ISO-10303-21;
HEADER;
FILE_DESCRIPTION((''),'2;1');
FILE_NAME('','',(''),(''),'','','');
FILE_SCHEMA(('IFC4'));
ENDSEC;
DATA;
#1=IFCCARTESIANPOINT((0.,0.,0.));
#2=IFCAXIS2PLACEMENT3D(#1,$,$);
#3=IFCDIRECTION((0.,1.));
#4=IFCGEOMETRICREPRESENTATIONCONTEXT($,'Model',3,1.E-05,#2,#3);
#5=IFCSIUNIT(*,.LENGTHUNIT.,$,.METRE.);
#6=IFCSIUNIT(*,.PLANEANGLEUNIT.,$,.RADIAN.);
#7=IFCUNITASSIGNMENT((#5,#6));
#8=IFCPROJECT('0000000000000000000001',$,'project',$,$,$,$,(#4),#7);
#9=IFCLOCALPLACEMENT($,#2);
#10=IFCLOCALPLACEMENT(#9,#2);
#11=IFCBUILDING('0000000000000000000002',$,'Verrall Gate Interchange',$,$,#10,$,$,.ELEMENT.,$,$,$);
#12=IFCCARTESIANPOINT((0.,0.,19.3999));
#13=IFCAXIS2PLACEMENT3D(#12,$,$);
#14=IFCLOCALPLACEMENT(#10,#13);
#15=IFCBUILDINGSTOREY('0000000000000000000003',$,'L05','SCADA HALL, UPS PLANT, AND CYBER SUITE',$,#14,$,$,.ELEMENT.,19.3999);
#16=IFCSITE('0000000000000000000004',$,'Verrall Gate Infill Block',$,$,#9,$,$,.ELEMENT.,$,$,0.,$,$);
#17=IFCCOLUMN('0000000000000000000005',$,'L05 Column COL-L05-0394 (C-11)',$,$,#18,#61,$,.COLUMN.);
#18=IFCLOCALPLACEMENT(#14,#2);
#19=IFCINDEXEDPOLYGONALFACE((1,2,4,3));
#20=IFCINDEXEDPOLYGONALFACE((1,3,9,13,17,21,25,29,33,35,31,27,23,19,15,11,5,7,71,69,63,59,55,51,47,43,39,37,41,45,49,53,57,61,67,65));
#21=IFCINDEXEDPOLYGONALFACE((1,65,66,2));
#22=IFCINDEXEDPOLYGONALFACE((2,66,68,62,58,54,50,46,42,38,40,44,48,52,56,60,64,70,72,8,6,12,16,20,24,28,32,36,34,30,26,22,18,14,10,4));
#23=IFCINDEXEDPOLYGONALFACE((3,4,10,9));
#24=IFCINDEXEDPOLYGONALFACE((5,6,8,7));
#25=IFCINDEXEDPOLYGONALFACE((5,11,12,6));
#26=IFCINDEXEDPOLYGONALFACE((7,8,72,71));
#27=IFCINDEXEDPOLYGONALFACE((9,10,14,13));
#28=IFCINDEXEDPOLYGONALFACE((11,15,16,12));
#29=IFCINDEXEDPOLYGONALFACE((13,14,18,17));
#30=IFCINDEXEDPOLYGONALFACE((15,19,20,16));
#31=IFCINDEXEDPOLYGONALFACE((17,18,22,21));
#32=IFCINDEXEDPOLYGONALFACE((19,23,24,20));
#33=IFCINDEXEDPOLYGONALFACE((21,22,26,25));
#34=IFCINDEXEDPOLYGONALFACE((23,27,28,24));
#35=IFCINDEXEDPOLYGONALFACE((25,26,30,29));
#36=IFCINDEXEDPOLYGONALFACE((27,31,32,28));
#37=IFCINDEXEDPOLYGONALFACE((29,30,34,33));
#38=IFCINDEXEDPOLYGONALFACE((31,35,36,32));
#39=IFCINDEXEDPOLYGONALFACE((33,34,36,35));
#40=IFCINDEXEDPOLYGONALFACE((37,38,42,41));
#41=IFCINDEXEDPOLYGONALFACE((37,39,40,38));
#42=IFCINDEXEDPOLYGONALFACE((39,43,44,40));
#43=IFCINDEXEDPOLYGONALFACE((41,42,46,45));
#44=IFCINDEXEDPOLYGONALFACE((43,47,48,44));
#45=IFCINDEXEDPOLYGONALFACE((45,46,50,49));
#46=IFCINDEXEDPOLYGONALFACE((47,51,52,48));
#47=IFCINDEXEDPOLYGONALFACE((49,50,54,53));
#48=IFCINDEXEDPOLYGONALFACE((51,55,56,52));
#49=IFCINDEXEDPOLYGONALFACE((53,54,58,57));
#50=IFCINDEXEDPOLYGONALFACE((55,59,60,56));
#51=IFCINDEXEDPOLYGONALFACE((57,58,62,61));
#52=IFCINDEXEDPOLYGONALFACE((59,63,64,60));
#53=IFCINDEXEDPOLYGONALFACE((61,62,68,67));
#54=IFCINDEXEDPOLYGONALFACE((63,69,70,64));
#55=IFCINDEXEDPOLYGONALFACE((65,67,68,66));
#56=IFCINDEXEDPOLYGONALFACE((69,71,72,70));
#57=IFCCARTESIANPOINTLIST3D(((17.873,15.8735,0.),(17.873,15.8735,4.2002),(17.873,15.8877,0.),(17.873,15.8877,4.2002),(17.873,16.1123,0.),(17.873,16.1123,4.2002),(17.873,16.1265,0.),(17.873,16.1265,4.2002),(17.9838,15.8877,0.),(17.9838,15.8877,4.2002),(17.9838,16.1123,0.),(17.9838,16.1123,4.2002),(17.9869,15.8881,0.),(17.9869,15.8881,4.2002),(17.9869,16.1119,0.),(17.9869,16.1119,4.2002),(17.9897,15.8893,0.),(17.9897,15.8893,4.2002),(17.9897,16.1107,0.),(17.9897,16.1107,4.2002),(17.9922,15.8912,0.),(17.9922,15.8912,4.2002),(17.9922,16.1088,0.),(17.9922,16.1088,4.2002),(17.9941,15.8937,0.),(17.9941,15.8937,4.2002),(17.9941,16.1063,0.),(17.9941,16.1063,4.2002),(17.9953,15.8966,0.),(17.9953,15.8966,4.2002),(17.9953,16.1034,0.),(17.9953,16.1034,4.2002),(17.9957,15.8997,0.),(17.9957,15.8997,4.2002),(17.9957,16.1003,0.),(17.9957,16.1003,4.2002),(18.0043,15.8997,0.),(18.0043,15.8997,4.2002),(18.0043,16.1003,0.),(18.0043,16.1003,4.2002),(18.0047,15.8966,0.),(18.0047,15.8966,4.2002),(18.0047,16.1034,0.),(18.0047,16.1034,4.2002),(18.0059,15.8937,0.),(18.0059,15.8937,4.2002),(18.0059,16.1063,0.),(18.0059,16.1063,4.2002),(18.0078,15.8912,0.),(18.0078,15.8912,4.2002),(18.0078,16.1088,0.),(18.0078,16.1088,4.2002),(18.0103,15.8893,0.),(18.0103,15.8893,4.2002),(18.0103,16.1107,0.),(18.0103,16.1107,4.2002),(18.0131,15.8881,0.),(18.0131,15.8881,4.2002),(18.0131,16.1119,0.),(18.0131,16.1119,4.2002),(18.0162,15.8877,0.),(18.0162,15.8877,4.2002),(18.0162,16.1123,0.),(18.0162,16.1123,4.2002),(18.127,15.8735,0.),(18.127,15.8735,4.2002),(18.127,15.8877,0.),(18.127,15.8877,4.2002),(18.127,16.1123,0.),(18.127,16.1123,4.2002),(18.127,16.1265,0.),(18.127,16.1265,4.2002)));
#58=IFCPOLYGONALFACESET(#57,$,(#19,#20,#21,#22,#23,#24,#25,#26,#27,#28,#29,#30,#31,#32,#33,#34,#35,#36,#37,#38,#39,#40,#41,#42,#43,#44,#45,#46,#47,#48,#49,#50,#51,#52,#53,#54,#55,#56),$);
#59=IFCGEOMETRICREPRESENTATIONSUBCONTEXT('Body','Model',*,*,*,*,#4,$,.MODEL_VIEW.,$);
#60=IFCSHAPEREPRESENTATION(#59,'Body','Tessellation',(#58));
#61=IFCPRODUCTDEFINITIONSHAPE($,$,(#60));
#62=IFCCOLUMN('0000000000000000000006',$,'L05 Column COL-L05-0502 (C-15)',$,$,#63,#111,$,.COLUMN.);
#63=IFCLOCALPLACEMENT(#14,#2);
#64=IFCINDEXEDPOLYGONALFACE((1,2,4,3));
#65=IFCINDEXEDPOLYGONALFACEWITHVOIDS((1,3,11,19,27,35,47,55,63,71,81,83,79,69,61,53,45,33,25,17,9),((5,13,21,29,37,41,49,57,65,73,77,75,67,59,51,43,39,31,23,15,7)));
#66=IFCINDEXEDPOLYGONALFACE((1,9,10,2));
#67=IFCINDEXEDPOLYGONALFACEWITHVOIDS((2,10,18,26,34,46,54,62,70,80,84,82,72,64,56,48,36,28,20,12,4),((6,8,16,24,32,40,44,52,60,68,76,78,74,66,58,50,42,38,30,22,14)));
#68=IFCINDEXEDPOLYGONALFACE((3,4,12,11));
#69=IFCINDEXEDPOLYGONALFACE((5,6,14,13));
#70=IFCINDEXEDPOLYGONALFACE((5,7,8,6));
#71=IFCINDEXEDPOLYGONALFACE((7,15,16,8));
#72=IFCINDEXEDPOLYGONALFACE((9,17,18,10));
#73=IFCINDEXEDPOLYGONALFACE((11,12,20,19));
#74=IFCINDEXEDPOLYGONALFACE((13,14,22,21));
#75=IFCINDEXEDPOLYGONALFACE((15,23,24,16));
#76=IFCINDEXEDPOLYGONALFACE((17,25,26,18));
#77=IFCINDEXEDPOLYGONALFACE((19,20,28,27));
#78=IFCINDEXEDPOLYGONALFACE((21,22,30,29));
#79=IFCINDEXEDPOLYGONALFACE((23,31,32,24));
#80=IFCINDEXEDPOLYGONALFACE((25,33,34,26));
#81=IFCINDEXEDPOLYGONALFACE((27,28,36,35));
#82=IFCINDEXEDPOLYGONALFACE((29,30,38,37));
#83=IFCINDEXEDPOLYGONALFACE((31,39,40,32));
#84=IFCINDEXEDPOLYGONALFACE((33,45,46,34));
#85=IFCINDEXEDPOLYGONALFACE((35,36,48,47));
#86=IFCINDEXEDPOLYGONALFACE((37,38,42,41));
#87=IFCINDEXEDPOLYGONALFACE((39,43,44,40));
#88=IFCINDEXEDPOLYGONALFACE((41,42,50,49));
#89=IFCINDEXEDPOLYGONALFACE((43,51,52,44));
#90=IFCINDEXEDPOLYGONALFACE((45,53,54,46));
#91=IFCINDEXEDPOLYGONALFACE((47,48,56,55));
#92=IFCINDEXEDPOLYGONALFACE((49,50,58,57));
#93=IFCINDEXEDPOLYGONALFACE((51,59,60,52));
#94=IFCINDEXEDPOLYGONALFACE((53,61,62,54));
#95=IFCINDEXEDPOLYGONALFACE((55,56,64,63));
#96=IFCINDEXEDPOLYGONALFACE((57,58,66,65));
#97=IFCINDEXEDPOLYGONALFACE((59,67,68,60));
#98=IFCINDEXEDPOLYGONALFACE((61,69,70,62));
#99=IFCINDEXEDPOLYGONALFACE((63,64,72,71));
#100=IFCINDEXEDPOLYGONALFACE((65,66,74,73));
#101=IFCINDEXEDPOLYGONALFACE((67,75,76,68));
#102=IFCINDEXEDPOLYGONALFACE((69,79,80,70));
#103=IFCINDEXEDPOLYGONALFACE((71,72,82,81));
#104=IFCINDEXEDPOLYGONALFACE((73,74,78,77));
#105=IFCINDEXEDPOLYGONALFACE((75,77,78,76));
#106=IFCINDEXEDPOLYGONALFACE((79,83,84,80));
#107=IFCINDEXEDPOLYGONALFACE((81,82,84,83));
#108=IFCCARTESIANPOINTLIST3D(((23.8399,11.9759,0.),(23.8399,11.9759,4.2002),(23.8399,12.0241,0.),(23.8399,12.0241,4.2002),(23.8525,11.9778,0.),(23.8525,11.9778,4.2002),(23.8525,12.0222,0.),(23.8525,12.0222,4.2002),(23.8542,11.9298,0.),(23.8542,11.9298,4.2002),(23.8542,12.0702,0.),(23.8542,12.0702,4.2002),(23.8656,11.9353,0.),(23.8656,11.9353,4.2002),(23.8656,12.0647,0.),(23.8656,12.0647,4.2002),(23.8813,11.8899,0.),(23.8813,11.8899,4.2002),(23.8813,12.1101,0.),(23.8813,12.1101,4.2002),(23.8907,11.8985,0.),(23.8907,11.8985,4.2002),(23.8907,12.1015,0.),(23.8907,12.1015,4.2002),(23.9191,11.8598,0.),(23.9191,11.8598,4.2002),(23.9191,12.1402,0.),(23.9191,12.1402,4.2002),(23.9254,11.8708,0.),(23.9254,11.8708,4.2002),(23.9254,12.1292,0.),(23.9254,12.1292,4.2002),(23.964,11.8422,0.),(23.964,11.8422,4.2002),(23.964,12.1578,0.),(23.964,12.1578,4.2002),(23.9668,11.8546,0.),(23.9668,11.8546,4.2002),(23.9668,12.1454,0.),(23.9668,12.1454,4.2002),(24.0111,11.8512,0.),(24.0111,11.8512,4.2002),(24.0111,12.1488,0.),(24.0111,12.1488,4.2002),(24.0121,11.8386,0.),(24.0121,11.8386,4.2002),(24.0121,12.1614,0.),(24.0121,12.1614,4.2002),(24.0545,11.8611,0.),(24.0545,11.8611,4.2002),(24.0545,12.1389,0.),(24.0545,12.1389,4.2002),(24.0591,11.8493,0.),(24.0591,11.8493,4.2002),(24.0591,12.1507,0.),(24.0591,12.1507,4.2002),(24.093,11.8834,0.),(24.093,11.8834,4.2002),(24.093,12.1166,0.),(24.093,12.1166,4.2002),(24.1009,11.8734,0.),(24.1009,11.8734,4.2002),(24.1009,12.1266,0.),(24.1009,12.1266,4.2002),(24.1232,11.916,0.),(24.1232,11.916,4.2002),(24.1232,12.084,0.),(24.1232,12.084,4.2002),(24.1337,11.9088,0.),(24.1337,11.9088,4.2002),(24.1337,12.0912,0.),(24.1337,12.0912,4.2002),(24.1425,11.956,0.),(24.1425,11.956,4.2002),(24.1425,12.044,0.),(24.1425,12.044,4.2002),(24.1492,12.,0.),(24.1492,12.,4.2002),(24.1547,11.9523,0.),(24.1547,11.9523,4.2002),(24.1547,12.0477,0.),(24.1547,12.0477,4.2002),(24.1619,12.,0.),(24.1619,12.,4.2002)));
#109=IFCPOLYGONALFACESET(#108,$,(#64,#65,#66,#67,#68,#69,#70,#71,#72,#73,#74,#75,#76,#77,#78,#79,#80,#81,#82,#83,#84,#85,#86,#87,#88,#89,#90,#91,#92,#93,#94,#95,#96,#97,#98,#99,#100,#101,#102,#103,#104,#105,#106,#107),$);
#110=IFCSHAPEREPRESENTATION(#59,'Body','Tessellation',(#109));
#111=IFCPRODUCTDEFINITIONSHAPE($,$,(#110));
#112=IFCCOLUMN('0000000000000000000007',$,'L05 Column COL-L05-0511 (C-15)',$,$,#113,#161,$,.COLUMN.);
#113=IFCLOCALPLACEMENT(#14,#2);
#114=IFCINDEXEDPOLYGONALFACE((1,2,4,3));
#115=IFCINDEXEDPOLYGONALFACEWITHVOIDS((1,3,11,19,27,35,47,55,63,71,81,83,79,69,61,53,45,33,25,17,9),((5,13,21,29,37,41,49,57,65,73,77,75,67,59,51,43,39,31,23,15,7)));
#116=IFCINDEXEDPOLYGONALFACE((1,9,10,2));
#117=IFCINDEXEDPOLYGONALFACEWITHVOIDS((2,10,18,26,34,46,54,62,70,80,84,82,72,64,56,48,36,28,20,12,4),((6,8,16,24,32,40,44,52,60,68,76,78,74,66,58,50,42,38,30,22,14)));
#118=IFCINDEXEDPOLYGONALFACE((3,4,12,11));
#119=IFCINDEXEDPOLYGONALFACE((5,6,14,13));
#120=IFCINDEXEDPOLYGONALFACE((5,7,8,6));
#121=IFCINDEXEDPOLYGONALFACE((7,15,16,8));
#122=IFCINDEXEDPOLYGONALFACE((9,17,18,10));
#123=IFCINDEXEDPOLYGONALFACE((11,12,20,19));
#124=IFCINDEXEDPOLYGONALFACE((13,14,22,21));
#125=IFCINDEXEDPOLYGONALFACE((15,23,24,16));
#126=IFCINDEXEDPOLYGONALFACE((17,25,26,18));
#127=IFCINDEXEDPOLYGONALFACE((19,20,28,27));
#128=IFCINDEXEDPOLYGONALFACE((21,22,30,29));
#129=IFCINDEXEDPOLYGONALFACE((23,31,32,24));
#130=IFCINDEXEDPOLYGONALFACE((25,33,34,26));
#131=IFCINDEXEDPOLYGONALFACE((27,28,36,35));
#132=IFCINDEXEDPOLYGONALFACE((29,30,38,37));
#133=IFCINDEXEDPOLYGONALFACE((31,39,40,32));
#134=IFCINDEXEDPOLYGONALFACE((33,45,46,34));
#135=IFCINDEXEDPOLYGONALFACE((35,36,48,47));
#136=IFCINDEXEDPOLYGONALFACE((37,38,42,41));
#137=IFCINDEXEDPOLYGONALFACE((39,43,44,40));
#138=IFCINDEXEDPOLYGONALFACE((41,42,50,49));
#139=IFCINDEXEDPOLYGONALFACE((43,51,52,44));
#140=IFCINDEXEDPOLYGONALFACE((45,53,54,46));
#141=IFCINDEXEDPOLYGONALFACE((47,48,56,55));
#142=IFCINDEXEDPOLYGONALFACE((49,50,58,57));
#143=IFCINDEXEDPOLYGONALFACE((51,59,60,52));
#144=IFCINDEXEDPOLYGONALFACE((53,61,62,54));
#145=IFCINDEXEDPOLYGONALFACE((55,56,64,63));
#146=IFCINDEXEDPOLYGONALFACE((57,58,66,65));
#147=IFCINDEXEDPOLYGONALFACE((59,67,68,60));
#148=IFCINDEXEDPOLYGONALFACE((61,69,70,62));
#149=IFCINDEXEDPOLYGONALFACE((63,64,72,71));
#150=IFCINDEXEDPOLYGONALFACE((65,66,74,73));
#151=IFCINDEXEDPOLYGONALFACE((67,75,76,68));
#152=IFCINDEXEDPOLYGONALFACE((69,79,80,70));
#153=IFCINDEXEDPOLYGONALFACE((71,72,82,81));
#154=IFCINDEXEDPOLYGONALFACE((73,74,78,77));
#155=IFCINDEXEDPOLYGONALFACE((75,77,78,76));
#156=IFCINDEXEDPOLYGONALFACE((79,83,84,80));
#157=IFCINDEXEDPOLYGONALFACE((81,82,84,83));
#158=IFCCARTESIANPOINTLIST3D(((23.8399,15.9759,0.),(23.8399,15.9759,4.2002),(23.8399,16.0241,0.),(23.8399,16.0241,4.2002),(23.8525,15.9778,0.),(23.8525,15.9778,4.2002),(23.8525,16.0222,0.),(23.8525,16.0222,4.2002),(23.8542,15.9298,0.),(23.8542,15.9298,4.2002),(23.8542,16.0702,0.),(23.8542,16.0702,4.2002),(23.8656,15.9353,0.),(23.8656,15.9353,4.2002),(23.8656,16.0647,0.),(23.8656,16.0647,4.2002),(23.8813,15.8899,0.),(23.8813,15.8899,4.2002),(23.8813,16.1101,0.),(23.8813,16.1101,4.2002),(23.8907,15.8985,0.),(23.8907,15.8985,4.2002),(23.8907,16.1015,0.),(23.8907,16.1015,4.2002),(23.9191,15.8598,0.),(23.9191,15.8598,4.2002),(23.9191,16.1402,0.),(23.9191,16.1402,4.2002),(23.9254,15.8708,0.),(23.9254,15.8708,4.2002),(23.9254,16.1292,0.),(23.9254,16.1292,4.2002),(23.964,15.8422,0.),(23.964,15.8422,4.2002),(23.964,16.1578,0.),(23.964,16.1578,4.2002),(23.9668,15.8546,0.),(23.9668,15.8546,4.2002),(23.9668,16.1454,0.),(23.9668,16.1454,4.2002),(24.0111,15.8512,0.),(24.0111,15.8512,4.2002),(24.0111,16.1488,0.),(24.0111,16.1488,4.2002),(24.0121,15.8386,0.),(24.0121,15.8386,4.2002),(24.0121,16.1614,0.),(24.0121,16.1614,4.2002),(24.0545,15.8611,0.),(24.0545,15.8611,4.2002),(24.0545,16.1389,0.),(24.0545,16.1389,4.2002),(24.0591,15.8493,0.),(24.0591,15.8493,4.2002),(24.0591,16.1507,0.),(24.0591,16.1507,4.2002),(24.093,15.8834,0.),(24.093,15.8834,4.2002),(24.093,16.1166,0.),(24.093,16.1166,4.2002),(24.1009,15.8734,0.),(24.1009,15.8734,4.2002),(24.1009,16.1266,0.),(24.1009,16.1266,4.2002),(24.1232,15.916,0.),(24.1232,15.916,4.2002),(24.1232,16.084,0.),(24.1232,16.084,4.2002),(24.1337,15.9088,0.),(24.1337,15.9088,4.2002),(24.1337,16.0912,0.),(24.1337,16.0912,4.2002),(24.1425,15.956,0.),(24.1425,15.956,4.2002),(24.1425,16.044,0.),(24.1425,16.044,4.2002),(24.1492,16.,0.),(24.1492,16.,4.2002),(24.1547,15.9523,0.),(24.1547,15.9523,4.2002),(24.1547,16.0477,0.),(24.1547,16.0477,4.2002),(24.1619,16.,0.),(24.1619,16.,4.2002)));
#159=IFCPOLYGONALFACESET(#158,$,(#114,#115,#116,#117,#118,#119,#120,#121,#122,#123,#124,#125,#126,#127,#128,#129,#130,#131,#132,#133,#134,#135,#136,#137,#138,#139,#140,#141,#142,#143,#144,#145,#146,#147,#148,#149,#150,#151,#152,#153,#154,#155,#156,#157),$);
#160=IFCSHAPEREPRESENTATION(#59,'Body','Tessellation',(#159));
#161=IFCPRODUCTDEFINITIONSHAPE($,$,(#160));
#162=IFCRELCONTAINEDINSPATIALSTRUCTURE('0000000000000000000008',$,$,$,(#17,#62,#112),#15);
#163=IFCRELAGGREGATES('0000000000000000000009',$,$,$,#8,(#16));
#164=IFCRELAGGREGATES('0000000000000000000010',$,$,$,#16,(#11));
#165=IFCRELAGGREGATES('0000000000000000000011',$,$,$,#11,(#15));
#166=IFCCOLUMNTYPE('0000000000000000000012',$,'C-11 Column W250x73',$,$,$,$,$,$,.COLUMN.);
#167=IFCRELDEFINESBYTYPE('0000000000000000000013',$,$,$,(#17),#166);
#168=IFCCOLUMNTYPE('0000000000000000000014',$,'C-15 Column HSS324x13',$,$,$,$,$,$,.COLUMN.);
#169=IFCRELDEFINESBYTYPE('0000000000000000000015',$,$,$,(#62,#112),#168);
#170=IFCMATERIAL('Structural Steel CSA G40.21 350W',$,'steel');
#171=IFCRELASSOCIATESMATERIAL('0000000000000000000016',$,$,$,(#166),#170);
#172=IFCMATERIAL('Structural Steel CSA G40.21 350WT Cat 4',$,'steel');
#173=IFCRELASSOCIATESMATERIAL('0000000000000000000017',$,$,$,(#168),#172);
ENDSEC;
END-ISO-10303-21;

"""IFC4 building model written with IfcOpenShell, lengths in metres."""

from ifc_helpers import new_model, si_unit, direction, frame, origin, origin_2d, place, context, subcontext, project, spatial, hollow_circle, i_section, extrude, material, material_profile, profile_set, type_object, element, save


model = new_model("IFC4")

# Units and contexts
model_context = context("Model", 3, precision=1e-05, world=origin(), true_north=direction((0.0, 1.0)))
body_context = subcontext(model_context, "Body", "Model", "MODEL_VIEW")
ifc_project = project(units=[si_unit("LENGTHUNIT", "METRE"), si_unit("PLANEANGLEUNIT", "RADIAN")], contexts=[model_context])

# Site, building, storey
site_placement = place(None, origin())
site = spatial("IfcSite", under=ifc_project, at=site_placement, Name="Verrall Gate Infill Block", CompositionType="ELEMENT", RefElevation=0.0)
building_placement = place(site_placement, origin())
building = spatial("IfcBuilding", under=site, at=building_placement, Name="Verrall Gate Interchange", CompositionType="ELEMENT")
storey_placement = place(building_placement, frame((0.0, 0.0, 19.3999)))
storey = spatial("IfcBuildingStorey", under=building, at=storey_placement, Name="L05", Description="SCADA HALL, UPS PLANT, AND CYBER SUITE", CompositionType="ELEMENT", Elevation=19.3999)

# Columns
ifc_material_1 = material(Name="Structural Steel CSA G40.21 350W", Category="steel")
ifc_material_profile_1 = material_profile(ifc_material_1, i_section(OverallWidth=0.2539, OverallDepth=0.2529, WebThickness=0.0085, FlangeThickness=0.0142, FilletRadius=0.012, at=origin_2d()), Name="W250x73")
ifc_profile_set_1 = profile_set([ifc_material_profile_1], Name="Structural Steel CSA G40.21 350W")
column_type_1 = type_object("IfcColumnType", Name="C-11 Column W250x73", PredefinedType="COLUMN", material=ifc_profile_set_1)
column_placement = place(storey_placement, frame((18.0, 16.0, 0.0), z_axis=(0.0, 0.0, 1.0), x_axis=(1.0, 0.0, 0.0)))
element("IfcColumn", 1, at=column_placement, inside=storey, type_object=column_type_1, Name="L05 Column COL-L05-0394 (C-11)", PredefinedType="COLUMN", context=body_context, shape_type="SweptSolid", body=[
    extrude(i_section(OverallWidth=0.2539, OverallDepth=0.2529, WebThickness=0.0085, FlangeThickness=0.0142, FilletRadius=0.012, at=origin_2d()), origin(), (0.0, 0.0, 1.0), 4.2002),
])
ifc_material_2 = material(Name="Structural Steel CSA G40.21 350WT Cat 4", Category="steel")
ifc_material_profile_2 = material_profile(ifc_material_2, hollow_circle(Radius=0.1619, WallThickness=0.0127, at=origin_2d()), Name="HSS324x13")
ifc_profile_set_2 = profile_set([ifc_material_profile_2], Name="Structural Steel CSA G40.21 350WT Cat 4")
column_type_2 = type_object("IfcColumnType", Name="C-15 Column HSS324x13", PredefinedType="COLUMN", material=ifc_profile_set_2)
for number, where, z_axis, x_axis, name in (
    (2, (24.0, 12.0, 0.0), (0.0, 0.0, 1.0), (1.0, 0.0, 0.0), "L05 Column COL-L05-0502 (C-15)"),
    (3, (24.0, 16.0, 0.0), (0.0, 0.0, 1.0), (1.0, 0.0, 0.0), "L05 Column COL-L05-0511 (C-15)"),
):
    element("IfcColumn", number, at=place(storey_placement, frame(where, z_axis=z_axis, x_axis=x_axis)), inside=storey, type_object=column_type_2, Name=name, PredefinedType="COLUMN", context=body_context, shape_type="SweptSolid", body=[
        extrude(hollow_circle(Radius=0.1619, WallThickness=0.0127, at=origin_2d()), origin(), (0.0, 0.0, 1.0), 4.2002),
    ])

save(model, "model.ifc")
